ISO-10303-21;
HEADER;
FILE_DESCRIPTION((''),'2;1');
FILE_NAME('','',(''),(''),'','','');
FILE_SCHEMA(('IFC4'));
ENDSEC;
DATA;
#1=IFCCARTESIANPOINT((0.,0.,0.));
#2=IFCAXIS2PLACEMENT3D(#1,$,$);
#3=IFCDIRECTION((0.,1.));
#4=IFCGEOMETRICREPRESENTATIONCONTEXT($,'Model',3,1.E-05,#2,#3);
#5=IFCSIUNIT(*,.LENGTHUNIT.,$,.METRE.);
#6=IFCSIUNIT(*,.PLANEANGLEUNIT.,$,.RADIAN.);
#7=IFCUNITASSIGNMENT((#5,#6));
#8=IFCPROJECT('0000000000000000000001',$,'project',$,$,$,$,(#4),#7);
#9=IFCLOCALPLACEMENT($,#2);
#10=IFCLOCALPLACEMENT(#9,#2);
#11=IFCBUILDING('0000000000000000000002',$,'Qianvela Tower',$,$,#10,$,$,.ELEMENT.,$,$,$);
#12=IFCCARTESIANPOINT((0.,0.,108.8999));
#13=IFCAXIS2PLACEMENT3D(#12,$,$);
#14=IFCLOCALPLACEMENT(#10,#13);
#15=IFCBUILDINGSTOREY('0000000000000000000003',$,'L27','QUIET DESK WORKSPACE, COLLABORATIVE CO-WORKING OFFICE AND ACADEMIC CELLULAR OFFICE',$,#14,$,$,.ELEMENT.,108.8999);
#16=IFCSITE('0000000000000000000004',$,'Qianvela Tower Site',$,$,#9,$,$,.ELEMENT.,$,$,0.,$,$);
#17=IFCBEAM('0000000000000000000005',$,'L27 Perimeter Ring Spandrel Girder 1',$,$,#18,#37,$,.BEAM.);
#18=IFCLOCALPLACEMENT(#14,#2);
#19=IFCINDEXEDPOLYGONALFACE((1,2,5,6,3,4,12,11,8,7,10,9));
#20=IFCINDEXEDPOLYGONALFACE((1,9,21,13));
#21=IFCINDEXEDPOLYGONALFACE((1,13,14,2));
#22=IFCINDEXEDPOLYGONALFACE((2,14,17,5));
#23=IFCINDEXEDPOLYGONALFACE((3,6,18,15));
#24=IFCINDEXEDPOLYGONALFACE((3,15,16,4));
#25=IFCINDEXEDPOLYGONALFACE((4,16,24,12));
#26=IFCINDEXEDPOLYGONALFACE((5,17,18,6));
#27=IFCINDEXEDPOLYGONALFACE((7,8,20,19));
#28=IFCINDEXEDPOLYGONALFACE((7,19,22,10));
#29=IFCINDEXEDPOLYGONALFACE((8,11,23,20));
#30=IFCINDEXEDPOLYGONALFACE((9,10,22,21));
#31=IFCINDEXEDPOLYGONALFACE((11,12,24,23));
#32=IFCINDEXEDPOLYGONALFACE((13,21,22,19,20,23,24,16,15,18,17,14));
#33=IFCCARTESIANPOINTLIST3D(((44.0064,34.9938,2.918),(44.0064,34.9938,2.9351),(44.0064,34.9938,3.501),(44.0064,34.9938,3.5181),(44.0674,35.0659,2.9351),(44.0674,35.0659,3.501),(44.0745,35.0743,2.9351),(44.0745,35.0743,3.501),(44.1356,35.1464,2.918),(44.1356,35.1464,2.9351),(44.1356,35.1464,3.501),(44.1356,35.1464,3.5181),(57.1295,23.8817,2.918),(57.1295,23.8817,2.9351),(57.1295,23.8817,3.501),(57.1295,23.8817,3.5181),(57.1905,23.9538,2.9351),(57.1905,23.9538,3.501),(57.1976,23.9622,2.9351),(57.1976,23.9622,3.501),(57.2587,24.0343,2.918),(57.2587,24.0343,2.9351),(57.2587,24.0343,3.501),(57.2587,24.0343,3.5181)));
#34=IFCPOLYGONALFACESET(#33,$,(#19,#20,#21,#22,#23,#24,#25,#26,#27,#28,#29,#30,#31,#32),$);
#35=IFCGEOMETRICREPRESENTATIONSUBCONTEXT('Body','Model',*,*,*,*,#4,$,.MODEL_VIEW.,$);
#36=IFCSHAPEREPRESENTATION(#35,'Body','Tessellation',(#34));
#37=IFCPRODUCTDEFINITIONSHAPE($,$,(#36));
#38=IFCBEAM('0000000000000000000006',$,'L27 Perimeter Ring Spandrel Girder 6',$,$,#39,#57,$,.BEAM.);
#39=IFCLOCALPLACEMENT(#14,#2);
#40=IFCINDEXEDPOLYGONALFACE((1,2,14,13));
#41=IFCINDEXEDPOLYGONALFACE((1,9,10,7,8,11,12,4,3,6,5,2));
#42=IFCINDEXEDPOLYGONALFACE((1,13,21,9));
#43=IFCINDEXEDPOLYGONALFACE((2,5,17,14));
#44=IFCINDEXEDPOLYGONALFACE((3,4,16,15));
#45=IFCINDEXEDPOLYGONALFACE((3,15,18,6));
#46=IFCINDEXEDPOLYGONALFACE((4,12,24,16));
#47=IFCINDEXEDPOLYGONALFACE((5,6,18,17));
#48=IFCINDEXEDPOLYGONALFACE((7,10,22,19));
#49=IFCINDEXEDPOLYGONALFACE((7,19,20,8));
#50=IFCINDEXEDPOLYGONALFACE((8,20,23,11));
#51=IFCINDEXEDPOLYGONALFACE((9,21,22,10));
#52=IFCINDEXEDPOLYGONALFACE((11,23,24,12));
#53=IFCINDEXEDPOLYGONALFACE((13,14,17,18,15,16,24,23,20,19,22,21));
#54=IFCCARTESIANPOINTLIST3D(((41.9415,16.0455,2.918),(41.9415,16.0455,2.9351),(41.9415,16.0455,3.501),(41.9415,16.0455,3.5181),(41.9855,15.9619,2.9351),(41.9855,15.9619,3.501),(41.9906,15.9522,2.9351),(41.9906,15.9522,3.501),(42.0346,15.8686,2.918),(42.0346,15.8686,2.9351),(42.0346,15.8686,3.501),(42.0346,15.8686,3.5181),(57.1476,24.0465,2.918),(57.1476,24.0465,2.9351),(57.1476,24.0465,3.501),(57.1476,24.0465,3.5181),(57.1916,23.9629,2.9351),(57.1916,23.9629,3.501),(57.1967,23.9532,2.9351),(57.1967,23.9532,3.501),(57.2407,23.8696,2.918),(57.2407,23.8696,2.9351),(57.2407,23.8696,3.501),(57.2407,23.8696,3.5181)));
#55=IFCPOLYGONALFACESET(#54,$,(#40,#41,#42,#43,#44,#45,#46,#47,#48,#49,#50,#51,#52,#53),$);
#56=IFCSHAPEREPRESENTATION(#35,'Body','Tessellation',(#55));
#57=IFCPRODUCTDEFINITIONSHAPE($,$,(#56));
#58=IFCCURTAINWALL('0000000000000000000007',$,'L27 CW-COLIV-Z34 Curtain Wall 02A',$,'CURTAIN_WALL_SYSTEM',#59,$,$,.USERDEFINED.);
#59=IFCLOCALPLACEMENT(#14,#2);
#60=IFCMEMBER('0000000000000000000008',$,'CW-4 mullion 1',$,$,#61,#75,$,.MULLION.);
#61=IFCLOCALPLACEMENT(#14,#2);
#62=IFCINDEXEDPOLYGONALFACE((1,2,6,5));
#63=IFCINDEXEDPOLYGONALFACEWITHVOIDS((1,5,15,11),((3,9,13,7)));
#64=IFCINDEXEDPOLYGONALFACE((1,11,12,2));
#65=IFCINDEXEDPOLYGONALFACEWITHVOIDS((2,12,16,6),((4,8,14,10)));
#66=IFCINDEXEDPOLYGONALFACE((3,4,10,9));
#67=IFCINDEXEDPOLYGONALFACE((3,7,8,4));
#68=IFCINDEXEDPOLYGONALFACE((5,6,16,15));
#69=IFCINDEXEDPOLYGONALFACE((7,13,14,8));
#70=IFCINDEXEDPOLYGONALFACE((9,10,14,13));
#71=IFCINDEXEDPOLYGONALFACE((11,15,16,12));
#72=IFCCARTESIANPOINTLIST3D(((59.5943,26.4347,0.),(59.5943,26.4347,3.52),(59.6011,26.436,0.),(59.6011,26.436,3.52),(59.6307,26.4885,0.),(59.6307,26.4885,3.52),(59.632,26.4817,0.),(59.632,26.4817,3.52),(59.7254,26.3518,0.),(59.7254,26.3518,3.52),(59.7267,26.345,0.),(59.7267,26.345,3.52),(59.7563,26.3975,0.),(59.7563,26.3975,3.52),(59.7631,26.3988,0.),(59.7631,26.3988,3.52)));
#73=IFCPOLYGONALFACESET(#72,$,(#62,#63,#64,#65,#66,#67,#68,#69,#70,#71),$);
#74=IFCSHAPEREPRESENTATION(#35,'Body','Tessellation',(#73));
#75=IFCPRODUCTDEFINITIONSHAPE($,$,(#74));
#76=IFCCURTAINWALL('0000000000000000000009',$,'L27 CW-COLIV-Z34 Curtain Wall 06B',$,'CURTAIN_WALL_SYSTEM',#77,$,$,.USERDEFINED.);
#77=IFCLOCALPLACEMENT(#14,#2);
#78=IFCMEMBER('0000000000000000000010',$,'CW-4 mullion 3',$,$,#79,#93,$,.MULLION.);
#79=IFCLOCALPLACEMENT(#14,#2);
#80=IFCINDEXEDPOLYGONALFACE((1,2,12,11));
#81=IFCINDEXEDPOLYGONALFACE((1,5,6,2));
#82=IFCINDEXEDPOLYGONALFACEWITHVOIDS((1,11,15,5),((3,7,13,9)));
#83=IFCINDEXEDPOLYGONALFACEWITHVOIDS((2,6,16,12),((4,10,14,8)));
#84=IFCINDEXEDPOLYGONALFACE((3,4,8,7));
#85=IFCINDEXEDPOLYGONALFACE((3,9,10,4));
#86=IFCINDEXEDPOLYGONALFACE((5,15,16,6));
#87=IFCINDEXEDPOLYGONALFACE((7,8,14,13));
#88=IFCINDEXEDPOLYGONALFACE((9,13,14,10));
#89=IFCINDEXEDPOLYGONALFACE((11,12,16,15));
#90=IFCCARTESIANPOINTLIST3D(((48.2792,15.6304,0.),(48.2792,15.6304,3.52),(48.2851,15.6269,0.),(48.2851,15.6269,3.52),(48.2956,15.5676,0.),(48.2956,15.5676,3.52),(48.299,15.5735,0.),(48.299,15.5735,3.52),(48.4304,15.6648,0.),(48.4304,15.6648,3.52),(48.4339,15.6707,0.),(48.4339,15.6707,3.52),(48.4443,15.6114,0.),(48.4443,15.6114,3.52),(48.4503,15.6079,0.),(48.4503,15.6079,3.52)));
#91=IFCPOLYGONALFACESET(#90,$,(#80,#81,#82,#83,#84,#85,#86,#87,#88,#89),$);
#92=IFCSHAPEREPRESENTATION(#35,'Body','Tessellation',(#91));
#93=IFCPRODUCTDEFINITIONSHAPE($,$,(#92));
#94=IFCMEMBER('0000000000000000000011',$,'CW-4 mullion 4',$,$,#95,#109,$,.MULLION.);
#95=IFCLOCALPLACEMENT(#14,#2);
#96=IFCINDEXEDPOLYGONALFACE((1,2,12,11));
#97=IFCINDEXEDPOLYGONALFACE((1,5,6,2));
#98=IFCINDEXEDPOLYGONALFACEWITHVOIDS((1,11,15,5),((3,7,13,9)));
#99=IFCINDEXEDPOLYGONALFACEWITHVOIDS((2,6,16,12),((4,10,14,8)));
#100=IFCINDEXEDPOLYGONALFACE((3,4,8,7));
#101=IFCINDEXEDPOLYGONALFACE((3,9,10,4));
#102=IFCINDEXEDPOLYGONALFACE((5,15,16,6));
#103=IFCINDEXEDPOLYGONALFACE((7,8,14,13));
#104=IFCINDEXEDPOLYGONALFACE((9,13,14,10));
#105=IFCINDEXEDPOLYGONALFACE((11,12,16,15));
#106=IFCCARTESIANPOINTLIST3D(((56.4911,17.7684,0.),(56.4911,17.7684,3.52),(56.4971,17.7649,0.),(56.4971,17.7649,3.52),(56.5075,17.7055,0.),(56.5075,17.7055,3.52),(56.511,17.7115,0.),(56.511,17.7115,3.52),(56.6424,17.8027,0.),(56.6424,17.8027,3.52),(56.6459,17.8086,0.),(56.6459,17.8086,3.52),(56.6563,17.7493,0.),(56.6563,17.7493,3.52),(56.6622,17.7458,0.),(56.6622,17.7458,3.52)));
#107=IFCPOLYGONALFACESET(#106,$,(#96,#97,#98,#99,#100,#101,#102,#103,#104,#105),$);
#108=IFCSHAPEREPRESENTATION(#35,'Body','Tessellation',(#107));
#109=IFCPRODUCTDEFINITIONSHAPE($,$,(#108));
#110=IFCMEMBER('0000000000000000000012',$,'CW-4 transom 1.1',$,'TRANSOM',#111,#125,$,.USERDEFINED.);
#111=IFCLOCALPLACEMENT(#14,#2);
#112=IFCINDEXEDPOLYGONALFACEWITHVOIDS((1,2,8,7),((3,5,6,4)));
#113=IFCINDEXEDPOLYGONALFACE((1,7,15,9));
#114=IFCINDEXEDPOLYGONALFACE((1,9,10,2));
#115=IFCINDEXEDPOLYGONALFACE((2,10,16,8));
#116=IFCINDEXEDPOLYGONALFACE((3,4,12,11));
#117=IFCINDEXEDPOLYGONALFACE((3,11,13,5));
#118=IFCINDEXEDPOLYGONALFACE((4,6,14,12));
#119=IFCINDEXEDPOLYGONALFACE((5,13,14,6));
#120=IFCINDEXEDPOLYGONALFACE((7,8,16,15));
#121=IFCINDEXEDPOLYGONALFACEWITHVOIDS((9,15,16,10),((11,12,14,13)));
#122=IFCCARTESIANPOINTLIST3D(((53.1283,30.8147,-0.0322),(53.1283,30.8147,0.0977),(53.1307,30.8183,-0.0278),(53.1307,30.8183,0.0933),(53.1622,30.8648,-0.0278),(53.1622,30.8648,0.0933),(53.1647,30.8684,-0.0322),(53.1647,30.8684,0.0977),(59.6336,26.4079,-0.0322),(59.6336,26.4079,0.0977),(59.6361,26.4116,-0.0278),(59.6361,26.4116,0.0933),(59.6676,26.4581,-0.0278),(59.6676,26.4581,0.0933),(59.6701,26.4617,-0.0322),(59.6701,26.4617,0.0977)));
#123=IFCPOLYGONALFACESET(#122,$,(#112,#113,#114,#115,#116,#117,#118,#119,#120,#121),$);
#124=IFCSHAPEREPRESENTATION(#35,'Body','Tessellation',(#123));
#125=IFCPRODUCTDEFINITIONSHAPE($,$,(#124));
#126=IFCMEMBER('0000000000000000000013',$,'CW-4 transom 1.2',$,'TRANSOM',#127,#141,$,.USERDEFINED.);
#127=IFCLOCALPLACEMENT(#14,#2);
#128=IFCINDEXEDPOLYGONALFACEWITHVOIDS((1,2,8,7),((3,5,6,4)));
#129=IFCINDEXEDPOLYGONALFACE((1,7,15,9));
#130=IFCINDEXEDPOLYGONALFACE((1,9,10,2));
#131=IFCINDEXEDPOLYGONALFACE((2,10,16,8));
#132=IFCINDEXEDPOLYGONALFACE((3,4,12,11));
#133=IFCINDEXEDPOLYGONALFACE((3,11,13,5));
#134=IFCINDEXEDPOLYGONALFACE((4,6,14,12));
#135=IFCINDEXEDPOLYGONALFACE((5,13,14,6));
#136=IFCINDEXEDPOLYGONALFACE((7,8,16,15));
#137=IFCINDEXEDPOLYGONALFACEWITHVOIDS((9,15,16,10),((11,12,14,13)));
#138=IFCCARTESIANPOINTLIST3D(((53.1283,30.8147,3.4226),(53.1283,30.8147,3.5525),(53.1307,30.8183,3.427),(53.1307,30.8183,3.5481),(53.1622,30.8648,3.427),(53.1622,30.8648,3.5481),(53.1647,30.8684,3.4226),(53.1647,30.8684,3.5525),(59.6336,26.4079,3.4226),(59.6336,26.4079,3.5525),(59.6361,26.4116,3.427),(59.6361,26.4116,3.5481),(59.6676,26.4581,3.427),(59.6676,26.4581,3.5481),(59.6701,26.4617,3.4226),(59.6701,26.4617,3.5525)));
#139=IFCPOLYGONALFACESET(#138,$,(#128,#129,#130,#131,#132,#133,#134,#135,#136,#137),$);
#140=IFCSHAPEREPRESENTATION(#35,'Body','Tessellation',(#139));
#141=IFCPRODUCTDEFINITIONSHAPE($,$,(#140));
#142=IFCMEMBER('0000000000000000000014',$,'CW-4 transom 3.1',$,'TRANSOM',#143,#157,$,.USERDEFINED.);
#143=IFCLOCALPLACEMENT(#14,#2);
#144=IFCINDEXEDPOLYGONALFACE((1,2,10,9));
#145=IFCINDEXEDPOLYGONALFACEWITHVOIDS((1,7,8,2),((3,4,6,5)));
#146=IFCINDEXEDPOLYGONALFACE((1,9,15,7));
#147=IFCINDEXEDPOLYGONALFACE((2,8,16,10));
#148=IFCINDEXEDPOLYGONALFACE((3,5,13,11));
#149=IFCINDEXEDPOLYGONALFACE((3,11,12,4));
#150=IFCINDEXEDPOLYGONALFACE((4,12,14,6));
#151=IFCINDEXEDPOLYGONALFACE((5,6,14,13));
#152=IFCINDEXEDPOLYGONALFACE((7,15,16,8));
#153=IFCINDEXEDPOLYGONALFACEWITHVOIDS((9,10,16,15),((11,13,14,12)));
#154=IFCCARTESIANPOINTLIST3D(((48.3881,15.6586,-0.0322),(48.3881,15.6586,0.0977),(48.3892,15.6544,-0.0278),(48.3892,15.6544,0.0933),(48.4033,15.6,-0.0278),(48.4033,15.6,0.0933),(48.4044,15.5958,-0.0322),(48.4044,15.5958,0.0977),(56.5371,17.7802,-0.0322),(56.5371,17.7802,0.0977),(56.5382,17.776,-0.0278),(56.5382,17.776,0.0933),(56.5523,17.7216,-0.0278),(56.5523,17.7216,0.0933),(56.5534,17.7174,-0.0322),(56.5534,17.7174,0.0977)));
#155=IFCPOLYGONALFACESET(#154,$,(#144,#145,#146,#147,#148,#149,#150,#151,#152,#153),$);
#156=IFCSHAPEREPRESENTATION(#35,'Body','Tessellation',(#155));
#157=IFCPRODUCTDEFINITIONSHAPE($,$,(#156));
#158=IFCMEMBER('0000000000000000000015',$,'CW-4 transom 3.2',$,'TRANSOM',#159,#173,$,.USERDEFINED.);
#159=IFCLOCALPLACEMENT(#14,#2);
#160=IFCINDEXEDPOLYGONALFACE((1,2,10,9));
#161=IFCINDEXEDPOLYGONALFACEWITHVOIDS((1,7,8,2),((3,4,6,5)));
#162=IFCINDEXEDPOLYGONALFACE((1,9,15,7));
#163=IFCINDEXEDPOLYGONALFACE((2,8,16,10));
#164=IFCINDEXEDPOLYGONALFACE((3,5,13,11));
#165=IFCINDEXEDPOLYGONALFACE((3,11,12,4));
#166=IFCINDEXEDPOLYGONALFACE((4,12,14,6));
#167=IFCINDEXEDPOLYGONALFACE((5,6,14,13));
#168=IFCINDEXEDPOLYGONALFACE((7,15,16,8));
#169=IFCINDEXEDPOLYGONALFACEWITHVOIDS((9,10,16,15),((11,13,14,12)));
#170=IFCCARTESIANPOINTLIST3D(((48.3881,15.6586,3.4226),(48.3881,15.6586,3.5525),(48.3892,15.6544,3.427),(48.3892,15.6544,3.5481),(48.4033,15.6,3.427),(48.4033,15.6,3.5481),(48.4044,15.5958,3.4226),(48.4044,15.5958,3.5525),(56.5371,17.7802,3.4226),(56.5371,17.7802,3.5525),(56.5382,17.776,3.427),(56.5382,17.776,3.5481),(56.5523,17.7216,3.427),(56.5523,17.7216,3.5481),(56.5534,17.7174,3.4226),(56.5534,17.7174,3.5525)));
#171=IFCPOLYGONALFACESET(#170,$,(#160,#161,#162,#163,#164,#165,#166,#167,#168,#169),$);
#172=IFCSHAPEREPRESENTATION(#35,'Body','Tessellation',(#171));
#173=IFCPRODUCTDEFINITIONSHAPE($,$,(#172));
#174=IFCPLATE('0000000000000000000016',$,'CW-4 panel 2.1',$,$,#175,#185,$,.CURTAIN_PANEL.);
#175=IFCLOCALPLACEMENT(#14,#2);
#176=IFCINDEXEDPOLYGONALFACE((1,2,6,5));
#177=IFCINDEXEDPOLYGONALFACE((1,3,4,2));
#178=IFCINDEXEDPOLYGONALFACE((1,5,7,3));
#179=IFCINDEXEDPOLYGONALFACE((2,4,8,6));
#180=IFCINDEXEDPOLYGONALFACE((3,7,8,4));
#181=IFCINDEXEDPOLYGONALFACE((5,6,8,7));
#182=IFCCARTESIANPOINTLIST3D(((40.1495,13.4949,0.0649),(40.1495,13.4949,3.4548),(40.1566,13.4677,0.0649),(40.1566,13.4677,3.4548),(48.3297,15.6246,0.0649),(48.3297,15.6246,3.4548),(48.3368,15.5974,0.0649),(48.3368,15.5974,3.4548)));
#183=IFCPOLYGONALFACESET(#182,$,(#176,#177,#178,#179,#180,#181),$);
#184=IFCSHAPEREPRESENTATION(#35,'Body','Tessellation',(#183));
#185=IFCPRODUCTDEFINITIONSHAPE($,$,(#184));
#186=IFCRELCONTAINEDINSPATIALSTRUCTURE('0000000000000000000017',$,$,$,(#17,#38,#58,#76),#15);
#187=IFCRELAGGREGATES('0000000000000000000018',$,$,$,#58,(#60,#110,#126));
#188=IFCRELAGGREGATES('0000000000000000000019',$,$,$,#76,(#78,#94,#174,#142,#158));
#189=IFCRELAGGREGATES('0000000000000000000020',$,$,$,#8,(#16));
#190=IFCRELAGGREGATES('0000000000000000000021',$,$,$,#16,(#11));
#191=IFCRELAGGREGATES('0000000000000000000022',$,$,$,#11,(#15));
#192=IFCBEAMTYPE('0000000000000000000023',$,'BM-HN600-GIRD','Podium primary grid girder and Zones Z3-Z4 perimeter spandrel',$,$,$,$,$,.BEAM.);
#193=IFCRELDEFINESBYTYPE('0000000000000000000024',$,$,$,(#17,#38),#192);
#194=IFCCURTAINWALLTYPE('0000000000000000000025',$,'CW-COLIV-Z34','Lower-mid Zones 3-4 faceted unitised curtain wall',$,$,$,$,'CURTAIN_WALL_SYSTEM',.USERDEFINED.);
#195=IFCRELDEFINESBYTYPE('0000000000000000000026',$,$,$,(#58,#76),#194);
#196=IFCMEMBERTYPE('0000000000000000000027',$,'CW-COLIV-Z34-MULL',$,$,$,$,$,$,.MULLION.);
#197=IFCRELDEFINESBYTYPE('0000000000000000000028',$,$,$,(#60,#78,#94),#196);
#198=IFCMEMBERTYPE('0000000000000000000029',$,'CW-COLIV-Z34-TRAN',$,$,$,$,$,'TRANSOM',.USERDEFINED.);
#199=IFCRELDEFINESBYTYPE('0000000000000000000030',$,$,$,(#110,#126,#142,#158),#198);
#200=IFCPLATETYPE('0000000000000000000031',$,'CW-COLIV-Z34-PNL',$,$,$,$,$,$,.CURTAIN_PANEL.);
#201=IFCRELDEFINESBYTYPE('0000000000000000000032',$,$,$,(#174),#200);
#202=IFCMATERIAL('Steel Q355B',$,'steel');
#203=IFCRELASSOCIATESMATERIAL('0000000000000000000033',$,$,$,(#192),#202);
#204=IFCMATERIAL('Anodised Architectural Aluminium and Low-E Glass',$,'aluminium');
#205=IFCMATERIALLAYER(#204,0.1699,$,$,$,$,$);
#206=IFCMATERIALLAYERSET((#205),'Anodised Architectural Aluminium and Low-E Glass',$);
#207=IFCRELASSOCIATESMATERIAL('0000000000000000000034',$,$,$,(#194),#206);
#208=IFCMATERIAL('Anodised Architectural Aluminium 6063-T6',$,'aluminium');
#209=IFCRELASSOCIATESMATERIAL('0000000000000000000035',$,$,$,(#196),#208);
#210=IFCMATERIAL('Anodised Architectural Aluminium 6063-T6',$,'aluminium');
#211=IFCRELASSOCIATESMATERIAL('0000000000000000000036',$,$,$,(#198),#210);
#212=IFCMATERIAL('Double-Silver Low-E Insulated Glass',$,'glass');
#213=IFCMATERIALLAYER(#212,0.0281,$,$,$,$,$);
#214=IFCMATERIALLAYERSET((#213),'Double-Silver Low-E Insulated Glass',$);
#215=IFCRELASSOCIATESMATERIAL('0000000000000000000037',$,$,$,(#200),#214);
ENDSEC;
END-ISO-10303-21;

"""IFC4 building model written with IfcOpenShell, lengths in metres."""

from ifc_helpers import new_model, si_unit, direction, frame, origin, origin_2d, place, context, subcontext, project, spatial, rectangle, hollow_rectangle, i_section, extrude, material, layer, layer_set, material_profile, profile_set, type_object, element, aggregate, save


model = new_model("IFC4")

# Units and contexts
model_context = context("Model", 3, precision=1e-05, world=origin(), true_north=direction((0.0, 1.0)))
body_context = subcontext(model_context, "Body", "Model", "MODEL_VIEW")
ifc_project = project(units=[si_unit("LENGTHUNIT", "METRE"), si_unit("PLANEANGLEUNIT", "RADIAN")], contexts=[model_context])

# Site, building, storey
site_placement = place(None, origin())
site = spatial("IfcSite", under=ifc_project, at=site_placement, Name="Qianvela Tower Site", CompositionType="ELEMENT", RefElevation=0.0)
building_placement = place(site_placement, origin())
building = spatial("IfcBuilding", under=site, at=building_placement, Name="Qianvela Tower", CompositionType="ELEMENT")
storey_placement = place(building_placement, frame((0.0, 0.0, 108.8999)))
storey = spatial("IfcBuildingStorey", under=building, at=storey_placement, Name="L27", Description="QUIET DESK WORKSPACE, COLLABORATIVE CO-WORKING OFFICE AND ACADEMIC CELLULAR OFFICE", CompositionType="ELEMENT", Elevation=108.8999)

# Beams
ifc_material_1 = material(Name="Steel Q355B", Category="steel")
ifc_material_profile_1 = material_profile(ifc_material_1, i_section(OverallWidth=0.2, OverallDepth=0.6001, WebThickness=0.011, FlangeThickness=0.0171, at=origin_2d()), Name="HN600x200x11x17")
ifc_profile_set_1 = profile_set([ifc_material_profile_1], Name="Steel Q355B")
beam_type = type_object("IfcBeamType", Name="BM-HN600-GIRD", Description="Podium primary grid girder and Zones Z3-Z4 perimeter spandrel", PredefinedType="BEAM", material=ifc_profile_set_1)
beam_1_placement = place(storey_placement, frame((57.1941, 23.958, 3.218), z_axis=(-0.763158, 0.646211, 0.0), x_axis=(-0.646211, -0.763158, 0.0)))
element("IfcBeam", 1, at=beam_1_placement, inside=storey, type_object=beam_type, Name="L27 Perimeter Ring Spandrel Girder 1", PredefinedType="BEAM", context=body_context, shape_type="SweptSolid", body=[
    extrude(i_section(OverallWidth=0.2, OverallDepth=0.6001, WebThickness=0.011, FlangeThickness=0.0171, at=origin_2d()), origin(), (0.0, 0.0, 1.0), 17.1958),
])
beam_2_placement = place(storey_placement, frame((41.988, 15.957, 3.218), z_axis=(0.884971, 0.465646, 0.0), x_axis=(-0.465646, 0.884971, 0.0)))
element("IfcBeam", 2, at=beam_2_placement, inside=storey, type_object=beam_type, Name="L27 Perimeter Ring Spandrel Girder 6", PredefinedType="BEAM", context=body_context, shape_type="SweptSolid", body=[
    extrude(i_section(OverallWidth=0.2, OverallDepth=0.6001, WebThickness=0.011, FlangeThickness=0.0171, at=origin_2d()), origin(), (0.0, 0.0, 1.0), 17.1826),
])

# Curtain wall, member
ifc_material_2 = material(Name="Anodised Architectural Aluminium and Low-E Glass", Category="aluminium")
ifc_layer_1 = layer(ifc_material_2, 0.1699)
ifc_layer_set_1 = layer_set([ifc_layer_1], Name="Anodised Architectural Aluminium and Low-E Glass")
curtain_wall_type = type_object("IfcCurtainWallType", Name="CW-COLIV-Z34", Description="Lower-mid Zones 3-4 faceted unitised curtain wall", ElementType="CURTAIN_WALL_SYSTEM", PredefinedType="USERDEFINED", material=ifc_layer_set_1)
curtain_wall_1_placement = place(storey_placement, origin())
curtain_wall_1 = element("IfcCurtainWall", 3, at=curtain_wall_1_placement, inside=storey, type_object=curtain_wall_type, Name="L27 CW-COLIV-Z34 Curtain Wall 02A", ObjectType="CURTAIN_WALL_SYSTEM", PredefinedType="USERDEFINED")
ifc_material_3 = material(Name="Anodised Architectural Aluminium 6063-T6", Category="aluminium")
ifc_material_profile_2 = material_profile(ifc_material_3, hollow_rectangle(XDim=0.0649, YDim=0.1599, WallThickness=0.0049, at=origin_2d()), Name="ALU-MULL-65x160")
ifc_profile_set_2 = profile_set([ifc_material_profile_2], Name="Anodised Architectural Aluminium 6063-T6")
member_type_1 = type_object("IfcMemberType", Name="CW-COLIV-Z34-MULL", PredefinedType="MULLION", material=ifc_profile_set_2)
member_1_placement = place(storey_placement, frame((59.6787, 26.4167, 0.0), z_axis=(0.0, 0.0, 1.0), x_axis=(-0.560829, -0.827931, 0.0)))
member_1 = element("IfcMember", 4, at=member_1_placement, type_object=member_type_1, Name="CW-4 mullion 1", PredefinedType="MULLION", context=body_context, shape_type="SweptSolid", body=[
    extrude(hollow_rectangle(XDim=0.0649, YDim=0.1599, WallThickness=0.0049, at=origin_2d()), origin(), (0.0, 0.0, 1.0), 3.52),
])

# Curtain wall, members
curtain_wall_2_placement = place(storey_placement, origin())
curtain_wall_2 = element("IfcCurtainWall", 5, at=curtain_wall_2_placement, inside=storey, type_object=curtain_wall_type, Name="L27 CW-COLIV-Z34 Curtain Wall 06B", ObjectType="CURTAIN_WALL_SYSTEM", PredefinedType="USERDEFINED")
member_2_placement = place(storey_placement, frame((48.3647, 15.6191, 0.0), z_axis=(0.0, 0.0, 1.0), x_axis=(-0.251949, 0.96774, 0.0)))
member_2 = element("IfcMember", 6, at=member_2_placement, type_object=member_type_1, Name="CW-4 mullion 3", PredefinedType="MULLION", context=body_context, shape_type="SweptSolid", body=[
    extrude(hollow_rectangle(XDim=0.0649, YDim=0.1599, WallThickness=0.0049, at=origin_2d()), origin(), (0.0, 0.0, 1.0), 3.52),
])
member_3_placement = place(storey_placement, frame((56.5767, 17.7571, 0.0), z_axis=(0.0, 0.0, 1.0), x_axis=(-0.251949, 0.96774, 0.0)))
member_3 = element("IfcMember", 7, at=member_3_placement, type_object=member_type_1, Name="CW-4 mullion 4", PredefinedType="MULLION", context=body_context, shape_type="SweptSolid", body=[
    extrude(hollow_rectangle(XDim=0.0649, YDim=0.1599, WallThickness=0.0049, at=origin_2d()), origin(), (0.0, 0.0, 1.0), 3.52),
])

# Members
ifc_material_4 = material(Name="Anodised Architectural Aluminium 6063-T6", Category="aluminium")
ifc_material_profile_3 = material_profile(ifc_material_4, hollow_rectangle(XDim=0.0649, YDim=0.1299, WallThickness=0.0044, at=origin_2d()), Name="ALU-TRAN-65x130")
ifc_profile_set_3 = profile_set([ifc_material_profile_3], Name="Anodised Architectural Aluminium 6063-T6")
member_type_2 = type_object("IfcMemberType", Name="CW-COLIV-Z34-TRAN", ElementType="TRANSOM", PredefinedType="USERDEFINED", material=ifc_profile_set_3)
member_4_placement = place(storey_placement, frame((59.6519, 26.4348, 0.0327), z_axis=(-0.827926, 0.560837, 0.0), x_axis=(-0.560837, -0.827926, 0.0)))
member_4 = element("IfcMember", 8, at=member_4_placement, type_object=member_type_2, Name="CW-4 transom 1.1", ObjectType="TRANSOM", PredefinedType="USERDEFINED", context=body_context, shape_type="SweptSolid", body=[
    extrude(hollow_rectangle(XDim=0.0649, YDim=0.1299, WallThickness=0.0044, at=origin_2d()), origin(), (0.0, 0.0, 1.0), 7.8574),
])
member_5_placement = place(storey_placement, frame((59.6519, 26.4348, 3.4875), z_axis=(-0.827926, 0.560837, 0.0), x_axis=(-0.560837, -0.827926, 0.0)))
member_5 = element("IfcMember", 9, at=member_5_placement, type_object=member_type_2, Name="CW-4 transom 1.2", ObjectType="TRANSOM", PredefinedType="USERDEFINED", context=body_context, shape_type="SweptSolid", body=[
    extrude(hollow_rectangle(XDim=0.0649, YDim=0.1299, WallThickness=0.0044, at=origin_2d()), origin(), (0.0, 0.0, 1.0), 7.8574),
])
aggregate(curtain_wall_1, [member_1, member_4, member_5])
member_6_placement = place(storey_placement, frame((48.3962, 15.6272, 0.0327), z_axis=(0.96774, 0.251952, 0.0), x_axis=(-0.251952, 0.96774, 0.0)))
member_6 = element("IfcMember", 10, at=member_6_placement, type_object=member_type_2, Name="CW-4 transom 3.1", ObjectType="TRANSOM", PredefinedType="USERDEFINED", context=body_context, shape_type="SweptSolid", body=[
    extrude(hollow_rectangle(XDim=0.0649, YDim=0.1299, WallThickness=0.0044, at=origin_2d()), origin(), (0.0, 0.0, 1.0), 8.4207),
])
member_7_placement = place(storey_placement, frame((48.3962, 15.6272, 3.4875), z_axis=(0.96774, 0.251952, 0.0), x_axis=(-0.251952, 0.96774, 0.0)))
member_7 = element("IfcMember", 11, at=member_7_placement, type_object=member_type_2, Name="CW-4 transom 3.2", ObjectType="TRANSOM", PredefinedType="USERDEFINED", context=body_context, shape_type="SweptSolid", body=[
    extrude(hollow_rectangle(XDim=0.0649, YDim=0.1299, WallThickness=0.0044, at=origin_2d()), origin(), (0.0, 0.0, 1.0), 8.4207),
])

# Plate
ifc_material_5 = material(Name="Double-Silver Low-E Insulated Glass", Category="glass")
ifc_layer_2 = layer(ifc_material_5, 0.0281)
ifc_layer_set_2 = layer_set([ifc_layer_2], Name="Double-Silver Low-E Insulated Glass")
plate_type_1 = type_object("IfcPlateType", Name="CW-COLIV-Z34-PNL", PredefinedType="CURTAIN_PANEL", material=ifc_layer_set_2)
plate_1_placement = place(storey_placement, frame((44.2432, 14.5461, 0.0649), z_axis=(0.0, 0.0, 1.0), x_axis=(0.96774, 0.251949, 0.0)))
plate_1 = element("IfcPlate", 12, at=plate_1_placement, type_object=plate_type_1, Name="CW-4 panel 2.1", PredefinedType="CURTAIN_PANEL", context=body_context, shape_type="SweptSolid", body=[
    extrude(rectangle(XDim=8.4529, YDim=0.0281, at=origin_2d()), origin(), (0.0, 0.0, 1.0), 3.3899),
])
aggregate(curtain_wall_2, [member_2, member_3, plate_1, member_6, member_7])

save(model, "model.ifc")
